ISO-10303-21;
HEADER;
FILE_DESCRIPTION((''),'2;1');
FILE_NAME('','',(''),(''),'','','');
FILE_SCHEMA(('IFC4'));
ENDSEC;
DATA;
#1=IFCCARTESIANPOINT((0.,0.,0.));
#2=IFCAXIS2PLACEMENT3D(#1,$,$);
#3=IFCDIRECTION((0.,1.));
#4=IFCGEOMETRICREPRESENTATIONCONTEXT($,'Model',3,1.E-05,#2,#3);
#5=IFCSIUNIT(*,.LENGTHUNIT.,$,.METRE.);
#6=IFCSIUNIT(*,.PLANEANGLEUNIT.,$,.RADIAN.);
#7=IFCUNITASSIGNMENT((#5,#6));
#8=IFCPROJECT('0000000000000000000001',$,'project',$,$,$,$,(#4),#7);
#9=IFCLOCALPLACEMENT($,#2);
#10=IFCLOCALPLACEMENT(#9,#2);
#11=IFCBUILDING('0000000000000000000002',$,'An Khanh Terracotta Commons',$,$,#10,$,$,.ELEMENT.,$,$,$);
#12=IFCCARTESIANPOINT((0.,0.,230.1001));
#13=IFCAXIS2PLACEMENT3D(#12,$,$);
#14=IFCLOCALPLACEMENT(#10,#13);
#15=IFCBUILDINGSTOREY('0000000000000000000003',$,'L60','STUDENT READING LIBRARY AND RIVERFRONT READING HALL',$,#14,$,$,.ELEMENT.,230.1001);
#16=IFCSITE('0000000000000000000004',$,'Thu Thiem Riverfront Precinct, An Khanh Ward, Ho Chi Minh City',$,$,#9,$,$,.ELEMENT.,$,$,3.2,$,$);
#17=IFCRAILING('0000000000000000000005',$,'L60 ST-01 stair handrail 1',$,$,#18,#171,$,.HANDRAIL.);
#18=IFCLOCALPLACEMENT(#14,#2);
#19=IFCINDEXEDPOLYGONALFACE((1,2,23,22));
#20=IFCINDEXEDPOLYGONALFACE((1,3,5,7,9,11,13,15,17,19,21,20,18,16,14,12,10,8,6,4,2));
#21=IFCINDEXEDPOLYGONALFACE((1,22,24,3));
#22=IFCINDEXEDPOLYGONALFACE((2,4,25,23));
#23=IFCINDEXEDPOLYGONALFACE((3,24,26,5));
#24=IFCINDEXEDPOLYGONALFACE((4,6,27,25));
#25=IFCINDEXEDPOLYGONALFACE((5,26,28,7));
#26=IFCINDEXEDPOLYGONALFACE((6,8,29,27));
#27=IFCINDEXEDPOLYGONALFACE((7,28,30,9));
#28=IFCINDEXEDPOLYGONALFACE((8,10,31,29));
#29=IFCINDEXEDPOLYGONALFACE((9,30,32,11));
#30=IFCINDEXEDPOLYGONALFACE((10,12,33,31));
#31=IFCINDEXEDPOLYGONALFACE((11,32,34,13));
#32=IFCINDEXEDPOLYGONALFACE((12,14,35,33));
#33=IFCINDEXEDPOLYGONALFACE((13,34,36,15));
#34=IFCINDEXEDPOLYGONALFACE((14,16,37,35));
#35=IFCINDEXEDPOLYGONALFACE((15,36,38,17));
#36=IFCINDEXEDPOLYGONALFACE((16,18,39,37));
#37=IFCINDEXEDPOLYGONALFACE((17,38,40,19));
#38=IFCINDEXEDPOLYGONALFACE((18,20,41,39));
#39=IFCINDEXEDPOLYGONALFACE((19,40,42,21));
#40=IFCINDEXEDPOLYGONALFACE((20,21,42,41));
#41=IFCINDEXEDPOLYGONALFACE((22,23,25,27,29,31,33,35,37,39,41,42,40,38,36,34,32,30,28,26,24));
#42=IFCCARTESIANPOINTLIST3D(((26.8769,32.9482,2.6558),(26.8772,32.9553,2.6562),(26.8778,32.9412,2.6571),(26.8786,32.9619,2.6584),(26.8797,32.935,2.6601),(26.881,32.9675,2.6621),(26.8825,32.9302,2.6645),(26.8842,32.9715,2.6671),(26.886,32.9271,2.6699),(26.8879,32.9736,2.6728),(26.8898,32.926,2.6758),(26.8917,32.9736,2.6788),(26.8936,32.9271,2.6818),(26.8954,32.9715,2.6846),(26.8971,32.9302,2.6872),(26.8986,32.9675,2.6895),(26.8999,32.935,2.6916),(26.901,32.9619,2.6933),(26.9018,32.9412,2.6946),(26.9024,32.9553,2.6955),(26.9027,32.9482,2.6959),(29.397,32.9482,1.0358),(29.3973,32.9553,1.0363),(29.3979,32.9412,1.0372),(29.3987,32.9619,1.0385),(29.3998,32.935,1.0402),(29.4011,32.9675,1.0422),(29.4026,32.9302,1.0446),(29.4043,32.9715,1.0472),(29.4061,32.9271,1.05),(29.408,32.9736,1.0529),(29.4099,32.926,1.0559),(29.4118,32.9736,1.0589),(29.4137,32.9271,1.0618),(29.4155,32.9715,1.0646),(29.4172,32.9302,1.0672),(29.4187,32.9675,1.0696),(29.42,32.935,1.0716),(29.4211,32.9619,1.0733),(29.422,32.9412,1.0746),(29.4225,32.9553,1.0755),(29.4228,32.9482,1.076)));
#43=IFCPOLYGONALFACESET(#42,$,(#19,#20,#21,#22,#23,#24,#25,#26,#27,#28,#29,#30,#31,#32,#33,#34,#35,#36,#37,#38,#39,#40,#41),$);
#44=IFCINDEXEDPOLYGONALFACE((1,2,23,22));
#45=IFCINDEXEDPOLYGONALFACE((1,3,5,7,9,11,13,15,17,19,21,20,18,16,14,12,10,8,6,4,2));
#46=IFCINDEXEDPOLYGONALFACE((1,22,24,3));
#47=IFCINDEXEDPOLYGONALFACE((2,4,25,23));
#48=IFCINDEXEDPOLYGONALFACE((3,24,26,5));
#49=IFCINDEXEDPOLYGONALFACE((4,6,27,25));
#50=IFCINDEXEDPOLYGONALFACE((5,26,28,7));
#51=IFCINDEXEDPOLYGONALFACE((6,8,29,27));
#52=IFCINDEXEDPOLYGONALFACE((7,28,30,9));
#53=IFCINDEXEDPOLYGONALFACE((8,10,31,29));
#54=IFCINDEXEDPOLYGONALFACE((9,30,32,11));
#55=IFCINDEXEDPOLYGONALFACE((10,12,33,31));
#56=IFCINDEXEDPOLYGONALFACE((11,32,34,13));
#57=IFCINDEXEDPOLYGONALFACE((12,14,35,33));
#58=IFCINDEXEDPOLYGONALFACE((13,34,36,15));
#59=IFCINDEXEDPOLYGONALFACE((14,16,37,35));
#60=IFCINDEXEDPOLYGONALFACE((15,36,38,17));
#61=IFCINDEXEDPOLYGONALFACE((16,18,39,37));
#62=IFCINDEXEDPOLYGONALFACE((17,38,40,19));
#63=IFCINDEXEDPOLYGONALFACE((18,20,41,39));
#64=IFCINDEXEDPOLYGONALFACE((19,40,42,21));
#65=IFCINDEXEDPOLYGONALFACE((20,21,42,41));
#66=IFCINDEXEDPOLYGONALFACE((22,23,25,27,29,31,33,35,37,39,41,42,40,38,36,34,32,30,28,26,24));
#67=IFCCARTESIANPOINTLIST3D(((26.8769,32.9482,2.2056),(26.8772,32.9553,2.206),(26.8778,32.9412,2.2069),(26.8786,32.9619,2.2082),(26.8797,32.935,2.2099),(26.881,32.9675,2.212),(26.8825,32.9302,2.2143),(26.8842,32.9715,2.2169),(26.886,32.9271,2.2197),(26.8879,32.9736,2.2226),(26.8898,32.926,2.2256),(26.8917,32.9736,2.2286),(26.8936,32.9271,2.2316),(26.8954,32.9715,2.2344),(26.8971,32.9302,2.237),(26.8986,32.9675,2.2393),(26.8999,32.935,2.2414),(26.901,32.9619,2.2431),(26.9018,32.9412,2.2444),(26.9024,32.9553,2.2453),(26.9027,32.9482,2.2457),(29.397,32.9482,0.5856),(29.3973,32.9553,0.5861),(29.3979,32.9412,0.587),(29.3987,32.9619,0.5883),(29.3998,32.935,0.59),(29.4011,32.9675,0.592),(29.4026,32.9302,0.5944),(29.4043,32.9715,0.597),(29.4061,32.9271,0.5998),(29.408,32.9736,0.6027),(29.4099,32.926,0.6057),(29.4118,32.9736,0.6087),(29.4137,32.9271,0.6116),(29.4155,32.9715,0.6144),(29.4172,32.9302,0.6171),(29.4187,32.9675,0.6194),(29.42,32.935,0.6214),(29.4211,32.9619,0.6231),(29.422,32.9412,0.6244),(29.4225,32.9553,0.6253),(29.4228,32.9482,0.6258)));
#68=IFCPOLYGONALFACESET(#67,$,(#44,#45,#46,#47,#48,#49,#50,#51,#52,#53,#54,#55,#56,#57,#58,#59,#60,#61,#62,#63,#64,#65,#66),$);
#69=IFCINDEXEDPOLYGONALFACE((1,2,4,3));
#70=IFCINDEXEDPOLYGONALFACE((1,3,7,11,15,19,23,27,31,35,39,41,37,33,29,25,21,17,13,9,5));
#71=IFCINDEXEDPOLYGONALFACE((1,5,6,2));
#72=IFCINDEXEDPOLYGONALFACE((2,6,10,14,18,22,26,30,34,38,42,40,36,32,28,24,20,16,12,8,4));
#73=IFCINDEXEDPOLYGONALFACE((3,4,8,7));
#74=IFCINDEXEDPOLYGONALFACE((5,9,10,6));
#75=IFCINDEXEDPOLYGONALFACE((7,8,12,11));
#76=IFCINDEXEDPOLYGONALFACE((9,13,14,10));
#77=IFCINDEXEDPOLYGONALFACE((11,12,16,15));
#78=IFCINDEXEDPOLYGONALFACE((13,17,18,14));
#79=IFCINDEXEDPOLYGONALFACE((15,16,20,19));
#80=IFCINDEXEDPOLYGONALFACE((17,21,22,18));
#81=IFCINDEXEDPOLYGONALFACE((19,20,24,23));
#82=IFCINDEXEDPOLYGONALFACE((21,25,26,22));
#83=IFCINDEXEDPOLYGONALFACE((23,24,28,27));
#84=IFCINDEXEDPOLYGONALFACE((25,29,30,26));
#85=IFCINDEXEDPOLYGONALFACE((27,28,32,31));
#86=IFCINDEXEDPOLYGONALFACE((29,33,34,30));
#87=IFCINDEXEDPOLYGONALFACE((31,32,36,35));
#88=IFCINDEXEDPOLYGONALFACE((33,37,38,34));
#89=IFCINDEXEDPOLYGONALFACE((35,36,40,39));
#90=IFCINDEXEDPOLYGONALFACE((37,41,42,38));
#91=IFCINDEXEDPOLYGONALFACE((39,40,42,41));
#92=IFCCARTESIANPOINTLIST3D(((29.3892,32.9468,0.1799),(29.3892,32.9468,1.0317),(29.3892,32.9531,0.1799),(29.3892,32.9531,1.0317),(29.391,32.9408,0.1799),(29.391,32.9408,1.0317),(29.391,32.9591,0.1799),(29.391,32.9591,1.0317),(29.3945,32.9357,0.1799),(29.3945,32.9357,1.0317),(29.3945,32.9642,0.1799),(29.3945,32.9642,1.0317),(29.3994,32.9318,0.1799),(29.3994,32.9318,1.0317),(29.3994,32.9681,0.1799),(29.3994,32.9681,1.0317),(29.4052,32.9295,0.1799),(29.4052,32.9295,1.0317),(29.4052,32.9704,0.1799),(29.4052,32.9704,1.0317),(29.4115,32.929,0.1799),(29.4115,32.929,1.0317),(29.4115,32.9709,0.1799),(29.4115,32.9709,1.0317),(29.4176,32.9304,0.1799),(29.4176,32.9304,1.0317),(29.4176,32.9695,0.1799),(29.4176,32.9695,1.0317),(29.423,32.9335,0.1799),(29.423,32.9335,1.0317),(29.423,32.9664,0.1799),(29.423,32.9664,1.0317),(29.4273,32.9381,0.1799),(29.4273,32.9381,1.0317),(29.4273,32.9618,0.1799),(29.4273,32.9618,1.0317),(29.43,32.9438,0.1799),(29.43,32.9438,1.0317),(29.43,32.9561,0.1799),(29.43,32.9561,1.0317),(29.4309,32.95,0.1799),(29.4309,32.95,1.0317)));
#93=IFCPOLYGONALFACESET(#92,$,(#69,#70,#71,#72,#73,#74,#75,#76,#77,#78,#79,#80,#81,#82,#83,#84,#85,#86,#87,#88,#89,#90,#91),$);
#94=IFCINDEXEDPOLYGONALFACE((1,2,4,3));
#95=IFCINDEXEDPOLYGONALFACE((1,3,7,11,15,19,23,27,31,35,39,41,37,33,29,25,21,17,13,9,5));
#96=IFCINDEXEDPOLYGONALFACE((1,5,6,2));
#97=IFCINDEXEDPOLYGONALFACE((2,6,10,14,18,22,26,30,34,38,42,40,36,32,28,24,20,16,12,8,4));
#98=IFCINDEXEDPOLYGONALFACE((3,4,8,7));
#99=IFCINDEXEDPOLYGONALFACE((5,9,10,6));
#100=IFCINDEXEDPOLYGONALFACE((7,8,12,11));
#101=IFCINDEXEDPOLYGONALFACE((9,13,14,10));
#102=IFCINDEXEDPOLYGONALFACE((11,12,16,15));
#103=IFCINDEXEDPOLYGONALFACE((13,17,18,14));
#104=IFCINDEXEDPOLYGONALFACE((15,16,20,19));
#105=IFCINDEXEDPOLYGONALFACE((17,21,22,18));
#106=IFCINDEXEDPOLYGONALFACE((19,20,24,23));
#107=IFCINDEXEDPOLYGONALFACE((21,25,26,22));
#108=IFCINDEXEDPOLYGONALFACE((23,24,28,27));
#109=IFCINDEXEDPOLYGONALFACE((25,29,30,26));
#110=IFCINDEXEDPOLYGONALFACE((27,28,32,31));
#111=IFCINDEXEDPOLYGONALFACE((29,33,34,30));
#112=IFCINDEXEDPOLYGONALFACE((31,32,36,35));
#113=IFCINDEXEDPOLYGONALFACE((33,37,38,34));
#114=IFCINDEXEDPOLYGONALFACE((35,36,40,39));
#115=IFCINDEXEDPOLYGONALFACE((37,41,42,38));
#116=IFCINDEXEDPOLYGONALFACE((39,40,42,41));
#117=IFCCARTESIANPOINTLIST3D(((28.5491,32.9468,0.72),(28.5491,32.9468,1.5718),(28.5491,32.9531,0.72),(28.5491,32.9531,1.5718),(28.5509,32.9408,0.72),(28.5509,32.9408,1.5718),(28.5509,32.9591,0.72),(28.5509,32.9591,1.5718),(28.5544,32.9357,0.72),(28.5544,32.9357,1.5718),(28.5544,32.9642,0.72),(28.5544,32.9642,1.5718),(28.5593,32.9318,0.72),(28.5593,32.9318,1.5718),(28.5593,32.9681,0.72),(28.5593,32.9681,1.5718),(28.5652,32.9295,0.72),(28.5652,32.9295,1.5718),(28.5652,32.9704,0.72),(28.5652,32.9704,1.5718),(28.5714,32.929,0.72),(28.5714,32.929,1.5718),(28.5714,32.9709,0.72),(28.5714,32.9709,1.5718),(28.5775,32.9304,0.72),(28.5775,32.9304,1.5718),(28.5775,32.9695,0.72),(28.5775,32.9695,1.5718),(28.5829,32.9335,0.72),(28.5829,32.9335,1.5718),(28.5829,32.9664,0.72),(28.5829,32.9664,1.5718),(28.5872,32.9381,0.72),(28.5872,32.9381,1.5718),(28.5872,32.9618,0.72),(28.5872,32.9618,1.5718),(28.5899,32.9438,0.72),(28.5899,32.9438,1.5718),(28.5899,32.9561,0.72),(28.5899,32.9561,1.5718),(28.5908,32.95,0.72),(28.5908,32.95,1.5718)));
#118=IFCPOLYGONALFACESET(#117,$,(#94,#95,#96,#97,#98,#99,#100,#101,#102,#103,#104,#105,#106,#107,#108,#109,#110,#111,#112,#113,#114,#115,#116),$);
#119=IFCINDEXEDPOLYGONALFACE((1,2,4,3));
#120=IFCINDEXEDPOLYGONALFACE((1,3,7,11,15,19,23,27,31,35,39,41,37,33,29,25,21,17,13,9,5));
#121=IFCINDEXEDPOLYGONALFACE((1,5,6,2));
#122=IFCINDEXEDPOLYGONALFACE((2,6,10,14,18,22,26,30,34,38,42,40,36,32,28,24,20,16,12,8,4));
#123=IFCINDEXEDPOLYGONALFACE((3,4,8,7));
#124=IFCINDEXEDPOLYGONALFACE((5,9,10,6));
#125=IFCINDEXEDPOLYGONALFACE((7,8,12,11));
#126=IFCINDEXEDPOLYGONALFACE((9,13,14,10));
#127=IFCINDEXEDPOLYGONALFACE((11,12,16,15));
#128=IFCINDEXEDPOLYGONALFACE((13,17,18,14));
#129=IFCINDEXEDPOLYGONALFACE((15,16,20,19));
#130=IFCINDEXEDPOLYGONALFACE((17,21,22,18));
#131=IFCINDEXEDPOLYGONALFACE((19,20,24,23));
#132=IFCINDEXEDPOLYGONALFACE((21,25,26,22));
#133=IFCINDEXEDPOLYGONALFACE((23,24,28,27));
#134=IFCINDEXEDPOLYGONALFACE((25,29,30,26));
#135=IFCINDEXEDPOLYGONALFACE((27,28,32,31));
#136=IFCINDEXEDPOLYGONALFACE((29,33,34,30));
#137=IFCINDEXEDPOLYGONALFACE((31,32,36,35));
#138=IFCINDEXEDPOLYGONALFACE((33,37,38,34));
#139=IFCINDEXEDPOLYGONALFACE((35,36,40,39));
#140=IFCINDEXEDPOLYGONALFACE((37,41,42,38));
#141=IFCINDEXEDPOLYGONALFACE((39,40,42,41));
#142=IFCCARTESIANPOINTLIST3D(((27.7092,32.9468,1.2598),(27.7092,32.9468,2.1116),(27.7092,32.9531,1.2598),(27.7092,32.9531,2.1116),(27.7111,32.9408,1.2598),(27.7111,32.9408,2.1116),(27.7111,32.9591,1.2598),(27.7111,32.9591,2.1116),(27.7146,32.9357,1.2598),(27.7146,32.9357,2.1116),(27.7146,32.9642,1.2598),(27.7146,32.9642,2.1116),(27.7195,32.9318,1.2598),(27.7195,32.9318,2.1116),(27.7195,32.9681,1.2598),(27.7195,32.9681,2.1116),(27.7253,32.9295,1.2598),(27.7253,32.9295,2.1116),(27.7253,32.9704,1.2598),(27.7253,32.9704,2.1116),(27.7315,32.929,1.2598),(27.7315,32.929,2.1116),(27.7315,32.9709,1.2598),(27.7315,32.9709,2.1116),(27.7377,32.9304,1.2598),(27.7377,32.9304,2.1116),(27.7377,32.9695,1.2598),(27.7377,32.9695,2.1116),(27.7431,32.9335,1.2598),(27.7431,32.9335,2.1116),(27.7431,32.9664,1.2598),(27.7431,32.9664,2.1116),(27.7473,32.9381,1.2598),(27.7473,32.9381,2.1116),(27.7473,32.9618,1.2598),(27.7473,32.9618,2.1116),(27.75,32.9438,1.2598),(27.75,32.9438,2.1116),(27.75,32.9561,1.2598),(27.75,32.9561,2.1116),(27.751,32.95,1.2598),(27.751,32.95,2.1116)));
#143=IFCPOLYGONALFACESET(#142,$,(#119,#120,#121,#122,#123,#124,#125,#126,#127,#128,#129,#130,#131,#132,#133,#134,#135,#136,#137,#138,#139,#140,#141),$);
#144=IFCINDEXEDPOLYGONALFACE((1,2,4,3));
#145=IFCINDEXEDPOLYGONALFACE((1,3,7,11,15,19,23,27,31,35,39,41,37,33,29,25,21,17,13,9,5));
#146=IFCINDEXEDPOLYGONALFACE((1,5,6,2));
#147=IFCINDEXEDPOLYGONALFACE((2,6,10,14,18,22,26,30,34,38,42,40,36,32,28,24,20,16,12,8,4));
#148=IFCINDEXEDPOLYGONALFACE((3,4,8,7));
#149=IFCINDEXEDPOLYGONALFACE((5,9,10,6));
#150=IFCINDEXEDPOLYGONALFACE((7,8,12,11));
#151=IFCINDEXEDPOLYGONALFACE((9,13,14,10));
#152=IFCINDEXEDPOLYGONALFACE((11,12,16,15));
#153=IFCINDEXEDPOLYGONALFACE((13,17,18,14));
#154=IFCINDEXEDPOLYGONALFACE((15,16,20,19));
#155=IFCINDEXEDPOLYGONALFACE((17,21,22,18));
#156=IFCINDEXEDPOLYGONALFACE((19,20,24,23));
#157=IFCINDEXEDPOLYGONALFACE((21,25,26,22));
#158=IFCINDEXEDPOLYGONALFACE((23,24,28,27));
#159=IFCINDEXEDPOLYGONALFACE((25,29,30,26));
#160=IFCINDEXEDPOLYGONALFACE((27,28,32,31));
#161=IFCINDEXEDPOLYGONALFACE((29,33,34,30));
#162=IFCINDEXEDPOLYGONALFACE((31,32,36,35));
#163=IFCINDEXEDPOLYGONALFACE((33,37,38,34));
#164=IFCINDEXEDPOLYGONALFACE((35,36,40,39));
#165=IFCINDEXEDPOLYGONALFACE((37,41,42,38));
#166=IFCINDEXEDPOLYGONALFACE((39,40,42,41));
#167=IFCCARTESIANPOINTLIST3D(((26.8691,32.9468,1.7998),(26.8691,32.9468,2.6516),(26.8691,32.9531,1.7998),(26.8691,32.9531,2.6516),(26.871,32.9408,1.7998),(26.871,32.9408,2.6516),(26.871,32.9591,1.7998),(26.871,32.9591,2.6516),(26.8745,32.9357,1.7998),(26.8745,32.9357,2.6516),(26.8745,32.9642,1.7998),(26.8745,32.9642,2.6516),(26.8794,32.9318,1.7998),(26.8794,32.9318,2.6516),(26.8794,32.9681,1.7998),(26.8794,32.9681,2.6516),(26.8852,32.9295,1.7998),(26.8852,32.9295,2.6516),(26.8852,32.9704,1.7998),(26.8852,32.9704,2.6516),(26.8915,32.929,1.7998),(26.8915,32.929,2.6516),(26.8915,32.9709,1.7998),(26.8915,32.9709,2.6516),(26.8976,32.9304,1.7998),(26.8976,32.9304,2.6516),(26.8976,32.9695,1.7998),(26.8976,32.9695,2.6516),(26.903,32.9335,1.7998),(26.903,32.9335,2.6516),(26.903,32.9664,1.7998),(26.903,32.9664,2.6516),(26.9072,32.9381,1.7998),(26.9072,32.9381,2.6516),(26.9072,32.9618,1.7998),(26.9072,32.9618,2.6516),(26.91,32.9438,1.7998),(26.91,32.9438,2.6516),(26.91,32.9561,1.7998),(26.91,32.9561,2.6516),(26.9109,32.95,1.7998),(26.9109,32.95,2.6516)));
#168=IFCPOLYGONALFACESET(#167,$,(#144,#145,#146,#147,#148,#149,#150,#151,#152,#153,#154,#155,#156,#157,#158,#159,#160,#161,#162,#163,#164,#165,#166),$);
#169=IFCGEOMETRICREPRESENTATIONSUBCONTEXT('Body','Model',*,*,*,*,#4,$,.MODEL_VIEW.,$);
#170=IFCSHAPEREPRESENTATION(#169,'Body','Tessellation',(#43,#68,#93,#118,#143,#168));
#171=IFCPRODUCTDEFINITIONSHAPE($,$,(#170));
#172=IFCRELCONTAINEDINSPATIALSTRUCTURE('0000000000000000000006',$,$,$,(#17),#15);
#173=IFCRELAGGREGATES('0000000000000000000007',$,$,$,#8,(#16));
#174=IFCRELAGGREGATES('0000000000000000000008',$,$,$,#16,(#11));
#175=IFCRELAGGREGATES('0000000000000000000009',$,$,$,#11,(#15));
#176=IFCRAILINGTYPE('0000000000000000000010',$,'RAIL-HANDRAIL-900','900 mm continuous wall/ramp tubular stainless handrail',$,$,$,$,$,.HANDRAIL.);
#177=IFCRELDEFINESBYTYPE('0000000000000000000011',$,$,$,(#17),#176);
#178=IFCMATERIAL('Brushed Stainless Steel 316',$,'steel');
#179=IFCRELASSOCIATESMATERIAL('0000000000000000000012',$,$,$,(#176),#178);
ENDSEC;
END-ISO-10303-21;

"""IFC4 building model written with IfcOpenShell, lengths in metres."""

from ifc_helpers import new_model, si_unit, direction, frame, origin, origin_2d, place, context, subcontext, project, spatial, circle, extrude, material, type_object, element, save


model = new_model("IFC4")

# Units and contexts
model_context = context("Model", 3, precision=1e-05, world=origin(), true_north=direction((0.0, 1.0)))
body_context = subcontext(model_context, "Body", "Model", "MODEL_VIEW")
ifc_project = project(units=[si_unit("LENGTHUNIT", "METRE"), si_unit("PLANEANGLEUNIT", "RADIAN")], contexts=[model_context])

# Site, building, storey
site_placement = place(None, origin())
site = spatial("IfcSite", under=ifc_project, at=site_placement, Name="Thu Thiem Riverfront Precinct, An Khanh Ward, Ho Chi Minh City", CompositionType="ELEMENT", RefElevation=3.2)
building_placement = place(site_placement, origin())
building = spatial("IfcBuilding", under=site, at=building_placement, Name="An Khanh Terracotta Commons", CompositionType="ELEMENT")
storey_placement = place(building_placement, frame((0.0, 0.0, 230.1001)))
storey = spatial("IfcBuildingStorey", under=building, at=storey_placement, Name="L60", Description="STUDENT READING LIBRARY AND RIVERFRONT READING HALL", CompositionType="ELEMENT", Elevation=230.1001)

# Railing
ifc_material_1 = material(Name="Brushed Stainless Steel 316", Category="steel")
railing_type_1 = type_object("IfcRailingType", Name="RAIL-HANDRAIL-900", Description="900 mm continuous wall/ramp tubular stainless handrail", PredefinedType="HANDRAIL", material=ifc_material_1)
railing_1_placement = place(storey_placement, frame((29.4099, 32.95, 0.1799)))
element("IfcRailing", 1, at=railing_1_placement, inside=storey, type_object=railing_type_1, Name="L60 ST-01 stair handrail 1", PredefinedType="HANDRAIL", context=body_context, shape_type="SweptSolid", body=[
    extrude(circle(Radius=0.0239, at=origin_2d()), frame((0.0, 0.0, 0.876), z_axis=(-0.8412, 0.0, 0.540725), x_axis=(0.0, -1.0, 0.0)), (0.0, 0.0, 1.0), 2.9958),
    extrude(circle(Radius=0.0239, at=origin_2d()), frame((0.0, 0.0, 0.4258), z_axis=(-0.8412, 0.0, 0.540725), x_axis=(0.0, -1.0, 0.0)), (0.0, 0.0, 1.0), 2.9958),
    extrude(circle(Radius=0.021, at=origin_2d()), origin(), (0.0, 0.0, 1.0), 0.8518),
    extrude(circle(Radius=0.021, at=origin_2d()), frame((-0.8401, 0.0, 0.54)), (0.0, 0.0, 1.0), 0.8518),
    extrude(circle(Radius=0.021, at=origin_2d()), frame((-1.6799, 0.0, 1.0798)), (0.0, 0.0, 1.0), 0.8518),
    extrude(circle(Radius=0.021, at=origin_2d()), frame((-2.52, 0.0, 1.6199)), (0.0, 0.0, 1.0), 0.8518),
])

save(model, "model.ifc")
